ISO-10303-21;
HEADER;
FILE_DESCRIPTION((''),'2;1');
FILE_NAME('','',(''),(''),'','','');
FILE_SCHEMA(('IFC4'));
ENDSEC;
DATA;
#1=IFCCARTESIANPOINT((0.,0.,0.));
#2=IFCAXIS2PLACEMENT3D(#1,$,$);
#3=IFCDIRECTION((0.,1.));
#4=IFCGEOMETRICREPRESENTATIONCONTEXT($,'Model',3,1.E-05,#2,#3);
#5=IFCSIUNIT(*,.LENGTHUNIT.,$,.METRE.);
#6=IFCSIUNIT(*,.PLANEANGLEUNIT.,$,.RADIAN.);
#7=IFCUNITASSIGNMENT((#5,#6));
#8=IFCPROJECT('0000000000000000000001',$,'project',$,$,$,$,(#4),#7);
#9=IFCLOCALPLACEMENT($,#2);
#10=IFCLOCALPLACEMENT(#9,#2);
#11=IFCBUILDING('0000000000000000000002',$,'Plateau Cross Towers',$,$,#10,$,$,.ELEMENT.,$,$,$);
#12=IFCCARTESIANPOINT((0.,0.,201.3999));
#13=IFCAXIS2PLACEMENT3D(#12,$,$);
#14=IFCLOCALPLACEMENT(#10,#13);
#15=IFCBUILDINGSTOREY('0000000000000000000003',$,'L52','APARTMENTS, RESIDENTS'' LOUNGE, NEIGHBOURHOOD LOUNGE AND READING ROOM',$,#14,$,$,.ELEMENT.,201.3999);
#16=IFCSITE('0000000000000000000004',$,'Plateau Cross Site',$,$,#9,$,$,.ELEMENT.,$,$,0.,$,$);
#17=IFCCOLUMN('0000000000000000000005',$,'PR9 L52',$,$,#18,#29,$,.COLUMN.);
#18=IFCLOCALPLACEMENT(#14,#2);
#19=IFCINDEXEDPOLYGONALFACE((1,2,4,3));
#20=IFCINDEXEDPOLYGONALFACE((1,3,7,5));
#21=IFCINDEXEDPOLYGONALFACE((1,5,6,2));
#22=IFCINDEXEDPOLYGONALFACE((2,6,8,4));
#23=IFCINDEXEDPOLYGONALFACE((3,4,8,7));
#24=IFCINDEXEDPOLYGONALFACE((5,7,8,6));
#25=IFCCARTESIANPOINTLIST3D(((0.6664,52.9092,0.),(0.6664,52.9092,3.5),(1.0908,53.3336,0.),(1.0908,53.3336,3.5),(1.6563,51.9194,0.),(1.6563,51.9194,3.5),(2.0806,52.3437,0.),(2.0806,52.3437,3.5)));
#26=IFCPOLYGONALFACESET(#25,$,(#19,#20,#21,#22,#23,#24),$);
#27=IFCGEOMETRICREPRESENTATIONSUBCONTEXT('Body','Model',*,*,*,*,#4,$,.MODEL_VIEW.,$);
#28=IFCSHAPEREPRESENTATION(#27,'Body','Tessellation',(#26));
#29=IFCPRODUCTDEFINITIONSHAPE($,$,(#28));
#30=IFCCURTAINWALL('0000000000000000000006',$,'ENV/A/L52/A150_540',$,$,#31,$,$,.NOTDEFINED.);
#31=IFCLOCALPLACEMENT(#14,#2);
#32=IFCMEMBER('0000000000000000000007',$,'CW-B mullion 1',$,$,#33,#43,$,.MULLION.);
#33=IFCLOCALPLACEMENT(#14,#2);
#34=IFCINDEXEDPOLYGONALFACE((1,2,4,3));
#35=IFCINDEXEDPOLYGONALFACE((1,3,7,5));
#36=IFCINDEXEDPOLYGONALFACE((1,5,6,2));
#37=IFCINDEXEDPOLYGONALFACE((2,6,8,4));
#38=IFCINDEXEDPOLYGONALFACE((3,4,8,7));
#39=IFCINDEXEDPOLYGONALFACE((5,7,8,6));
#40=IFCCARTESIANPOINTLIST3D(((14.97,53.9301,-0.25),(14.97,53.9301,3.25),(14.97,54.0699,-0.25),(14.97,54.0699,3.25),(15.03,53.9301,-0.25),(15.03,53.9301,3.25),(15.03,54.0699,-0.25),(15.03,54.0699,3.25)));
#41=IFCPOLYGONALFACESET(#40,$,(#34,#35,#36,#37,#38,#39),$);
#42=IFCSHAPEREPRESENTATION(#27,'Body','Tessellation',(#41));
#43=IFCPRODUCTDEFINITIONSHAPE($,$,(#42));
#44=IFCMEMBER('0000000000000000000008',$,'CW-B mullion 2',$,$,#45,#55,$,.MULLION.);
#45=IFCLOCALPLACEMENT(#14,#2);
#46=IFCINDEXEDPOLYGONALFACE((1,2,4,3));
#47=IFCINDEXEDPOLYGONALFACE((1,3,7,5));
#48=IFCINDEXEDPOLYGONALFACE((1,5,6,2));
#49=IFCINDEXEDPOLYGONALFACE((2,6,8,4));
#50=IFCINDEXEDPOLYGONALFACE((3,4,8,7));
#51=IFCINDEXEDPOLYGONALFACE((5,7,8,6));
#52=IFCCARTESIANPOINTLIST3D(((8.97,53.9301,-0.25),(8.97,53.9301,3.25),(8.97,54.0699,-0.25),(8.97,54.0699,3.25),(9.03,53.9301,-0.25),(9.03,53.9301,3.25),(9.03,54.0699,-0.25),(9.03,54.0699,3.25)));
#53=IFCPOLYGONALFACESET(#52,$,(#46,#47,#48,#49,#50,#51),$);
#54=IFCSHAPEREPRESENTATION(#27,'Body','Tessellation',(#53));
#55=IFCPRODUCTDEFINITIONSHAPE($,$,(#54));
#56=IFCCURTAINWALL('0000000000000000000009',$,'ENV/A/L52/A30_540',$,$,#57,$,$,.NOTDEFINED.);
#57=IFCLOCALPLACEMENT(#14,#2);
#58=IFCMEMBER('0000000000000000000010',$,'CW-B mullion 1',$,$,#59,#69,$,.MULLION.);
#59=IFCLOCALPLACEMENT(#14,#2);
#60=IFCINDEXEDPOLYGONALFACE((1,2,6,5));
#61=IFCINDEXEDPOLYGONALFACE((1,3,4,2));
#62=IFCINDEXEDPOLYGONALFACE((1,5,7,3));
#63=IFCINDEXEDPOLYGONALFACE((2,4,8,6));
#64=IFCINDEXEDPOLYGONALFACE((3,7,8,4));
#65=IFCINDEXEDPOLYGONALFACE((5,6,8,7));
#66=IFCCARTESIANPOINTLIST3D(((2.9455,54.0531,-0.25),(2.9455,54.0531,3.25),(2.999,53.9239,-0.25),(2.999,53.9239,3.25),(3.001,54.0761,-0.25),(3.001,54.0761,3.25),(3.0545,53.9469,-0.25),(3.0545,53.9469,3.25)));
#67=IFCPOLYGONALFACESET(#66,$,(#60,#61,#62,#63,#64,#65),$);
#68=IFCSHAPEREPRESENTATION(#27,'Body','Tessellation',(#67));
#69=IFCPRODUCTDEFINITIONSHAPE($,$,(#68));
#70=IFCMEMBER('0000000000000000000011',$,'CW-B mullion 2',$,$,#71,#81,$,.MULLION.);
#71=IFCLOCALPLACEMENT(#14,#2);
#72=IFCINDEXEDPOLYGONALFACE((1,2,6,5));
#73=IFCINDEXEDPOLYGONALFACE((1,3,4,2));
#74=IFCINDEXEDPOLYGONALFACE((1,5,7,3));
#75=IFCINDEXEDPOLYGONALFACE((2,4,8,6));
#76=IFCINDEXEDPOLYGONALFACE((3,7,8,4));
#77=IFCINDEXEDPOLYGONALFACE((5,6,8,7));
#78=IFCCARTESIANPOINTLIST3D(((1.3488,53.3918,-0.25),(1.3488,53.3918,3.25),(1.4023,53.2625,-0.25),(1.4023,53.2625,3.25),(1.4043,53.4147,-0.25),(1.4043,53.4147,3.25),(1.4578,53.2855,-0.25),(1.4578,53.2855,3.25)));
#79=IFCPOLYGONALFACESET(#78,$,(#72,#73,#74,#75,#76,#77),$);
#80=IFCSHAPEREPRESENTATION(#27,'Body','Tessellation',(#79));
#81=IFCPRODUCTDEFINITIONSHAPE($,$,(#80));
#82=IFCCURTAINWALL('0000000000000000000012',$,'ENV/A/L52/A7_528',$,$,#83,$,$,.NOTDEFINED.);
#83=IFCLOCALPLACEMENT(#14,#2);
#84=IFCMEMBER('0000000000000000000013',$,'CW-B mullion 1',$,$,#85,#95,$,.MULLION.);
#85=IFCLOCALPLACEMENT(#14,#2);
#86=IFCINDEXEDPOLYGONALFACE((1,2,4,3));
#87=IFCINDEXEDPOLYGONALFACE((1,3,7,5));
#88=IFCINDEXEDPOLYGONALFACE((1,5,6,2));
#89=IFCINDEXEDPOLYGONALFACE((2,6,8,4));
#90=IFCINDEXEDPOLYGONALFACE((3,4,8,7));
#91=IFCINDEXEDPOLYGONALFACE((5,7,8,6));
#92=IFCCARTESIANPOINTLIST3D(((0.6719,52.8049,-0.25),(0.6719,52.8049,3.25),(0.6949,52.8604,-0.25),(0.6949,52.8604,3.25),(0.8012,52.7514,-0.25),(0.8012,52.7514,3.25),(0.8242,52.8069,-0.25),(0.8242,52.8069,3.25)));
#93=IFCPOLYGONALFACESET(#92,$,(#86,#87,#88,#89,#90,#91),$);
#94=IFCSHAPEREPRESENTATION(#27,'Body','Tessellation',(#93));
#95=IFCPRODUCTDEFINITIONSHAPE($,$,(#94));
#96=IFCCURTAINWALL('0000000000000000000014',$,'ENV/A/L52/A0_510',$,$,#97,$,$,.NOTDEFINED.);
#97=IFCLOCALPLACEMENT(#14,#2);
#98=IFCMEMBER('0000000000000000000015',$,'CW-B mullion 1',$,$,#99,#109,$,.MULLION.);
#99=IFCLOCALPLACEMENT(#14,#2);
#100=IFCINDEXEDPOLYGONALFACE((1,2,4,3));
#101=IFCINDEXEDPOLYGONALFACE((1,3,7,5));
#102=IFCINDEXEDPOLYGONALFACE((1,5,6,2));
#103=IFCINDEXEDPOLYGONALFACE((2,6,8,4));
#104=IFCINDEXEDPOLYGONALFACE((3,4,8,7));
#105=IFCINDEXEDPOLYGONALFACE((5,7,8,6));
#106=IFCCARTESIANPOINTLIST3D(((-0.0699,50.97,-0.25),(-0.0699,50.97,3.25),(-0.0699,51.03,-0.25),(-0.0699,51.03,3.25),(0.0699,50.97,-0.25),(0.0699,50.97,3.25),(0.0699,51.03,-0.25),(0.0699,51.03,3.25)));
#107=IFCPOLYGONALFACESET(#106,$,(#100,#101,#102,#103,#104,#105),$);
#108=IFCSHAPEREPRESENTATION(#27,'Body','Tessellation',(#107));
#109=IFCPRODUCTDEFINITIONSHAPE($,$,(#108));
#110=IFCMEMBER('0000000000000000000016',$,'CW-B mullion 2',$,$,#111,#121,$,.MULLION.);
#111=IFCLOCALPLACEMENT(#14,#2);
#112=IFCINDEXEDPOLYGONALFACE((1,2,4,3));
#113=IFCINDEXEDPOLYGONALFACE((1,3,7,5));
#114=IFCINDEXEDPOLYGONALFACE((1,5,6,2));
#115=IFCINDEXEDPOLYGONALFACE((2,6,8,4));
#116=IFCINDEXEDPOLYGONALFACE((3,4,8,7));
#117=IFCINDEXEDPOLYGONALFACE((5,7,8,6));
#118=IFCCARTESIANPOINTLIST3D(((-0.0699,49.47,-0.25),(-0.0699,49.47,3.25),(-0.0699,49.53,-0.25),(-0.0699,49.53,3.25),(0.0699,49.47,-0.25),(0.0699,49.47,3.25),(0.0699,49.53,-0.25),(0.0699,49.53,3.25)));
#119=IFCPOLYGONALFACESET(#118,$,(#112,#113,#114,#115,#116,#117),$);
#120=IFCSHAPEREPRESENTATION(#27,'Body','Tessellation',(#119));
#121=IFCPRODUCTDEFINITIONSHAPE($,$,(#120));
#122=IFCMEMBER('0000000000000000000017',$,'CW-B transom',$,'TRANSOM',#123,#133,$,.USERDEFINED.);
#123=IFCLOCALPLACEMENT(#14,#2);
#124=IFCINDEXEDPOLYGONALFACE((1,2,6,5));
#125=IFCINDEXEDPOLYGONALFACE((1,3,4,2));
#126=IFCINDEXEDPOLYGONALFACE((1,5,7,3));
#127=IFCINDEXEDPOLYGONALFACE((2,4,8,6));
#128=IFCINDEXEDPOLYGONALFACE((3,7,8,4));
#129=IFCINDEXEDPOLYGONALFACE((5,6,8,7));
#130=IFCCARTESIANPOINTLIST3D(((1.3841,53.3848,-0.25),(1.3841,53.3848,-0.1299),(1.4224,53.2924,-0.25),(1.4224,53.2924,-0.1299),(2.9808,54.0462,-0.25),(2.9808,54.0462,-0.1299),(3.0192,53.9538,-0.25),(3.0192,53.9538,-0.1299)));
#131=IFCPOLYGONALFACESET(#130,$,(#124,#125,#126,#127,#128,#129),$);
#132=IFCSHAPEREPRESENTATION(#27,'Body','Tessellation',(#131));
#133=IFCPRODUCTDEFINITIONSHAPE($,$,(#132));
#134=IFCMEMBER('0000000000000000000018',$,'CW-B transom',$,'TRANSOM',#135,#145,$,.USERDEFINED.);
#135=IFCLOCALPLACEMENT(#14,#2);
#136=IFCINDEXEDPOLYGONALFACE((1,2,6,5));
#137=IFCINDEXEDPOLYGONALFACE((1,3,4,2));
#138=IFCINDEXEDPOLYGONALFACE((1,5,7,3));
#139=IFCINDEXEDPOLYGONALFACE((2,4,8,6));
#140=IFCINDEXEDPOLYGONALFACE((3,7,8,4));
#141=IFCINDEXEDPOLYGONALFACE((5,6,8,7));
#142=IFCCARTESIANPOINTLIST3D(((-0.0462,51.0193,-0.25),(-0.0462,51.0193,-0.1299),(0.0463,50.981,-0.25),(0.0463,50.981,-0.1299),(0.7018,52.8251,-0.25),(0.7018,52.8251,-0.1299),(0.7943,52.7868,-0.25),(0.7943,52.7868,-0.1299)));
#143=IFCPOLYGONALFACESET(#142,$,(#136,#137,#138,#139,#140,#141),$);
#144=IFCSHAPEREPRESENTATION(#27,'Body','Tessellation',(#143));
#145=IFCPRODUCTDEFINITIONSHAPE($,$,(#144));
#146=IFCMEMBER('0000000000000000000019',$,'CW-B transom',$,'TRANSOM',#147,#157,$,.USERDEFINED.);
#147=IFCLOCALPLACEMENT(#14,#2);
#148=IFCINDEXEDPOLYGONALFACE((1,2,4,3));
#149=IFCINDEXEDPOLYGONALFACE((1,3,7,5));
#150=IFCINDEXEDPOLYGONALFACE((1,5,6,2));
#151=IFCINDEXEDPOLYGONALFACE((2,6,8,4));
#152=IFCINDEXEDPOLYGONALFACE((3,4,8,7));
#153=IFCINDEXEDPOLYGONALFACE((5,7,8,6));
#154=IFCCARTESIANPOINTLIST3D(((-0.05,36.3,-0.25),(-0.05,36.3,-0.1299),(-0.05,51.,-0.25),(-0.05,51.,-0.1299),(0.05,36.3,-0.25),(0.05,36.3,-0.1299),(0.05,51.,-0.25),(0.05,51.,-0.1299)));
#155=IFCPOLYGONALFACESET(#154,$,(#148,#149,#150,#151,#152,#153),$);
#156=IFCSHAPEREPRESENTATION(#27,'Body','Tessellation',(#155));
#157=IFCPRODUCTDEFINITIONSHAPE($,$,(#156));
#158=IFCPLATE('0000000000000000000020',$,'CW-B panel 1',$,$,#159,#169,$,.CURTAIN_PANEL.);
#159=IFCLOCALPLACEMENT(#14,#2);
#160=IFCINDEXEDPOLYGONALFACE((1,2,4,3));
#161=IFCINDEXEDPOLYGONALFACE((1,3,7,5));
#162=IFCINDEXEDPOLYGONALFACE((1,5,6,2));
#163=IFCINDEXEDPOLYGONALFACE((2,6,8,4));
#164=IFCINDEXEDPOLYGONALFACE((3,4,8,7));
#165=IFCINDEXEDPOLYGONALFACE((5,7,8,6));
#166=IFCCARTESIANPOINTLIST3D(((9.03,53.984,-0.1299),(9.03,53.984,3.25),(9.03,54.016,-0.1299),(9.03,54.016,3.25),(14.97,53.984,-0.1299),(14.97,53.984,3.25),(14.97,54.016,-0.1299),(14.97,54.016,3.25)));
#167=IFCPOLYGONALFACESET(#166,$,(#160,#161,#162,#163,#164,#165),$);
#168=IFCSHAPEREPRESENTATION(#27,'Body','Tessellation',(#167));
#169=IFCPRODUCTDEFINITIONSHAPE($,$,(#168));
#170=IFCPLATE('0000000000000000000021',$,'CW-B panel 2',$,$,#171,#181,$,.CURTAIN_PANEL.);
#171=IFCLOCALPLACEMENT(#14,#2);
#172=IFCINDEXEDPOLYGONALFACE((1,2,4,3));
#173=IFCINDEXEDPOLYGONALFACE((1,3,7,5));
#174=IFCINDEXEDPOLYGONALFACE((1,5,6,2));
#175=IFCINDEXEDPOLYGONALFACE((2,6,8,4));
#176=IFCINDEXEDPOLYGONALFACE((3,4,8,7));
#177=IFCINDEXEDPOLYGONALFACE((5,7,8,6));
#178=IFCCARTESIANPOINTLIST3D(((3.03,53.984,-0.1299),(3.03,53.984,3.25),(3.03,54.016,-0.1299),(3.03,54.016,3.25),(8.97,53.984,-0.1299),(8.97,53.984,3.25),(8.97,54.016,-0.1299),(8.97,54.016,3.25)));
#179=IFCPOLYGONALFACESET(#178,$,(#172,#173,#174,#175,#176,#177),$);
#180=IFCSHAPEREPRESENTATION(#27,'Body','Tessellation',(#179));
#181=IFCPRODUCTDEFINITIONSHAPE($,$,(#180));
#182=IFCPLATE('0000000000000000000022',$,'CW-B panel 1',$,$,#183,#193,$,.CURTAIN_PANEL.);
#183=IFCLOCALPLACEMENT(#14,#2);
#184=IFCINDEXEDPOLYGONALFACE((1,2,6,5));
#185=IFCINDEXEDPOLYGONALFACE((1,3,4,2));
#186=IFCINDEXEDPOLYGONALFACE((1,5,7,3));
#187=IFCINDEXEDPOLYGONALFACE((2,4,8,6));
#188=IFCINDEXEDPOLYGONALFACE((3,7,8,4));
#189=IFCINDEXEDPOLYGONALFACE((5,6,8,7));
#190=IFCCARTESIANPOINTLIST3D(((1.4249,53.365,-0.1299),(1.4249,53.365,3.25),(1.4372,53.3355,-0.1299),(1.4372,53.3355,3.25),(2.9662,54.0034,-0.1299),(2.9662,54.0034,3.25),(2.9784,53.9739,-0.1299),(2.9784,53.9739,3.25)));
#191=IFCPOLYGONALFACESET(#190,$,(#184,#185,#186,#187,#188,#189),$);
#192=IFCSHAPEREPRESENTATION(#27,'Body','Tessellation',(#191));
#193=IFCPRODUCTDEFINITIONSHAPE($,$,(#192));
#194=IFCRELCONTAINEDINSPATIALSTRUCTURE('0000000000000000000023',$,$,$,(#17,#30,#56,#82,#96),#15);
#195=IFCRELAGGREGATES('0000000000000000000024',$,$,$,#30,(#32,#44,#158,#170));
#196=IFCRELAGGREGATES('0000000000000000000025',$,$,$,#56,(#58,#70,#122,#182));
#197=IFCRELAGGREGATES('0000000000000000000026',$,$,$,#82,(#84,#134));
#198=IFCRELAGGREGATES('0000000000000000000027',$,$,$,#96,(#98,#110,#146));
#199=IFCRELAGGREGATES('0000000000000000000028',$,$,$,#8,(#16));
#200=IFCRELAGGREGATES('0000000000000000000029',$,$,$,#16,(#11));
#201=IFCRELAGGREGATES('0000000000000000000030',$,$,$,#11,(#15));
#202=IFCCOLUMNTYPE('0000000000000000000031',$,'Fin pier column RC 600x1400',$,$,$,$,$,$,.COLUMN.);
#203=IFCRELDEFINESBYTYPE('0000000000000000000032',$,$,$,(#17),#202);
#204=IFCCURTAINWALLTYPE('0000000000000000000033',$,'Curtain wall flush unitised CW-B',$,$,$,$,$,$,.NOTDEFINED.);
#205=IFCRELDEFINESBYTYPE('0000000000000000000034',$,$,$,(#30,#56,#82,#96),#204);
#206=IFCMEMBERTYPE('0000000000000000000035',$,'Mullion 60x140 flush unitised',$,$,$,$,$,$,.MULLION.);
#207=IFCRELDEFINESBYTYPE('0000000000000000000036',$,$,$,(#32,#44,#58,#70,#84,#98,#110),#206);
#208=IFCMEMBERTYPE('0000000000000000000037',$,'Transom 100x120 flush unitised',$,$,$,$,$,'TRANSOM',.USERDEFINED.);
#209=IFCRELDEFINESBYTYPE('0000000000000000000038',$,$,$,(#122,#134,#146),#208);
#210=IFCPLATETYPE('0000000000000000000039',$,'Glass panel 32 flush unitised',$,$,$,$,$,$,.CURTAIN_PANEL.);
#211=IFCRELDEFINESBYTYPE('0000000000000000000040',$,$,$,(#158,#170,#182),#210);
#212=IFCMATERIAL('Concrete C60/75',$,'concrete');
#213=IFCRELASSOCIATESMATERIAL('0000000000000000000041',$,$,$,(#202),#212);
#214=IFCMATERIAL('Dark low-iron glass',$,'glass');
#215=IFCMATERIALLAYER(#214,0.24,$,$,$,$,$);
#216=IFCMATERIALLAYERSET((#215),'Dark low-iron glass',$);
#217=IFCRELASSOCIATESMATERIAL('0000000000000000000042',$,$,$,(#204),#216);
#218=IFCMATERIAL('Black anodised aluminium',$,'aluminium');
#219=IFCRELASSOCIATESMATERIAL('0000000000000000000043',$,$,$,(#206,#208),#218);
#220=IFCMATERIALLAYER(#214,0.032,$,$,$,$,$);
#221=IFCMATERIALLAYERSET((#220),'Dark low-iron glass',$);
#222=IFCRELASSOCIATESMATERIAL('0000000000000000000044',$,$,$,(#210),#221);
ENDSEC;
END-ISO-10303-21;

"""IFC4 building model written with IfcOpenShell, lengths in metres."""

from ifc_helpers import new_model, si_unit, direction, frame, origin, origin_2d, place, context, subcontext, project, spatial, rectangle, extrude, material, layer, layer_set, material_profile, profile_set, type_object, element, aggregate, save


model = new_model("IFC4")

# Units and contexts
model_context = context("Model", 3, precision=1e-05, world=origin(), true_north=direction((0.0, 1.0)))
body_context = subcontext(model_context, "Body", "Model", "MODEL_VIEW")
ifc_project = project(units=[si_unit("LENGTHUNIT", "METRE"), si_unit("PLANEANGLEUNIT", "RADIAN")], contexts=[model_context])

# Site, building, storey
site_placement = place(None, origin())
site = spatial("IfcSite", under=ifc_project, at=site_placement, Name="Plateau Cross Site", CompositionType="ELEMENT", RefElevation=0.0)
building_placement = place(site_placement, origin())
building = spatial("IfcBuilding", under=site, at=building_placement, Name="Plateau Cross Towers", CompositionType="ELEMENT")
storey_placement = place(building_placement, frame((0.0, 0.0, 201.3999)))
storey = spatial("IfcBuildingStorey", under=building, at=storey_placement, Name="L52", Description="APARTMENTS, RESIDENTS' LOUNGE, NEIGHBOURHOOD LOUNGE AND READING ROOM", CompositionType="ELEMENT", Elevation=201.3999)

# Column
ifc_material_1 = material(Name="Concrete C60/75", Category="concrete")
ifc_material_profile_1 = material_profile(ifc_material_1, rectangle(XDim=0.6001, YDim=1.3999, at=origin_2d()), Name="RC 600x1400")
ifc_profile_set_1 = profile_set([ifc_material_profile_1], Name="Concrete C60/75")
column_type = type_object("IfcColumnType", Name="Fin pier column RC 600x1400", PredefinedType="COLUMN", material=ifc_profile_set_1)
column_placement = place(storey_placement, frame((1.3735, 52.6265, 0.0), z_axis=(0.0, 0.0, 1.0), x_axis=(0.707107, 0.707107, 0.0)))
element("IfcColumn", 1, at=column_placement, inside=storey, type_object=column_type, Name="PR9 L52", PredefinedType="COLUMN", context=body_context, shape_type="SweptSolid", body=[
    extrude(rectangle(XDim=0.6001, YDim=1.3999, at=origin_2d()), origin(), (0.0, 0.0, 1.0), 3.5),
])

# Curtain walls, members
ifc_material_2 = material(Name="Dark low-iron glass", Category="glass")
ifc_layer_1 = layer(ifc_material_2, 0.24)
ifc_layer_set_1 = layer_set([ifc_layer_1], Name="Dark low-iron glass")
curtain_wall_type = type_object("IfcCurtainWallType", Name="Curtain wall flush unitised CW-B", PredefinedType="NOTDEFINED", material=ifc_layer_set_1)
curtain_wall_1_placement = place(storey_placement, origin())
curtain_wall_1 = element("IfcCurtainWall", 2, at=curtain_wall_1_placement, inside=storey, type_object=curtain_wall_type, Name="ENV/A/L52/A150_540", PredefinedType="NOTDEFINED")
ifc_material_3 = material(Name="Black anodised aluminium", Category="aluminium")
ifc_material_profile_2 = material_profile(ifc_material_3, rectangle(XDim=0.0601, YDim=0.1399, at=origin_2d()), Name="MULLION 60x140")
ifc_profile_set_2 = profile_set([ifc_material_profile_2], Name="Black anodised aluminium")
member_type_1 = type_object("IfcMemberType", Name="Mullion 60x140 flush unitised", PredefinedType="MULLION", material=ifc_profile_set_2)
member_1_placement = place(storey_placement, frame((15.0, 54.0, -0.25), z_axis=(0.0, 0.0, 1.0), x_axis=(-1.0, 0.0, 0.0)))
member_1 = element("IfcMember", 3, at=member_1_placement, type_object=member_type_1, Name="CW-B mullion 1", PredefinedType="MULLION", context=body_context, shape_type="SweptSolid", body=[
    extrude(rectangle(XDim=0.0601, YDim=0.1399, at=origin_2d()), origin(), (0.0, 0.0, 1.0), 3.5),
])
member_2_placement = place(storey_placement, frame((9.0, 54.0, -0.25), z_axis=(0.0, 0.0, 1.0), x_axis=(-1.0, 0.0, 0.0)))
member_2 = element("IfcMember", 4, at=member_2_placement, type_object=member_type_1, Name="CW-B mullion 2", PredefinedType="MULLION", context=body_context, shape_type="SweptSolid", body=[
    extrude(rectangle(XDim=0.0601, YDim=0.1399, at=origin_2d()), origin(), (0.0, 0.0, 1.0), 3.5),
])
curtain_wall_2_placement = place(storey_placement, origin())
curtain_wall_2 = element("IfcCurtainWall", 5, at=curtain_wall_2_placement, inside=storey, type_object=curtain_wall_type, Name="ENV/A/L52/A30_540", PredefinedType="NOTDEFINED")
member_3_placement = place(storey_placement, frame((3.0, 54.0, -0.25), z_axis=(0.0, 0.0, 1.0), x_axis=(-0.923879, -0.382684, 0.0)))
member_3 = element("IfcMember", 6, at=member_3_placement, type_object=member_type_1, Name="CW-B mullion 1", PredefinedType="MULLION", context=body_context, shape_type="SweptSolid", body=[
    extrude(rectangle(XDim=0.0601, YDim=0.1399, at=origin_2d()), origin(), (0.0, 0.0, 1.0), 3.5),
])
member_4_placement = place(storey_placement, frame((1.4033, 53.3386, -0.25), z_axis=(0.0, 0.0, 1.0), x_axis=(-0.923879, -0.382684, 0.0)))
member_4 = element("IfcMember", 7, at=member_4_placement, type_object=member_type_1, Name="CW-B mullion 2", PredefinedType="MULLION", context=body_context, shape_type="SweptSolid", body=[
    extrude(rectangle(XDim=0.0601, YDim=0.1399, at=origin_2d()), origin(), (0.0, 0.0, 1.0), 3.5),
])

# Curtain wall, member
curtain_wall_3_placement = place(storey_placement, origin())
curtain_wall_3 = element("IfcCurtainWall", 8, at=curtain_wall_3_placement, inside=storey, type_object=curtain_wall_type, Name="ENV/A/L52/A7_528", PredefinedType="NOTDEFINED")
member_5_placement = place(storey_placement, frame((0.748, 52.8059, -0.25), z_axis=(0.0, 0.0, 1.0), x_axis=(-0.382684, -0.923879, 0.0)))
member_5 = element("IfcMember", 9, at=member_5_placement, type_object=member_type_1, Name="CW-B mullion 1", PredefinedType="MULLION", context=body_context, shape_type="SweptSolid", body=[
    extrude(rectangle(XDim=0.0601, YDim=0.1399, at=origin_2d()), origin(), (0.0, 0.0, 1.0), 3.5),
])

# Curtain wall, members
curtain_wall_4_placement = place(storey_placement, origin())
curtain_wall_4 = element("IfcCurtainWall", 10, at=curtain_wall_4_placement, inside=storey, type_object=curtain_wall_type, Name="ENV/A/L52/A0_510", PredefinedType="NOTDEFINED")
member_6_placement = place(storey_placement, frame((0.0, 51.0, -0.25), z_axis=(0.0, 0.0, 1.0), x_axis=(0.0, -1.0, 0.0)))
member_6 = element("IfcMember", 11, at=member_6_placement, type_object=member_type_1, Name="CW-B mullion 1", PredefinedType="MULLION", context=body_context, shape_type="SweptSolid", body=[
    extrude(rectangle(XDim=0.0601, YDim=0.1399, at=origin_2d()), origin(), (0.0, 0.0, 1.0), 3.5),
])
member_7_placement = place(storey_placement, frame((0.0, 49.5, -0.25), z_axis=(0.0, 0.0, 1.0), x_axis=(0.0, -1.0, 0.0)))
member_7 = element("IfcMember", 12, at=member_7_placement, type_object=member_type_1, Name="CW-B mullion 2", PredefinedType="MULLION", context=body_context, shape_type="SweptSolid", body=[
    extrude(rectangle(XDim=0.0601, YDim=0.1399, at=origin_2d()), origin(), (0.0, 0.0, 1.0), 3.5),
])

# Members
ifc_material_profile_3 = material_profile(ifc_material_3, rectangle(XDim=0.1001, YDim=0.1201, at=origin_2d()), Name="TRANSOM 100x120")
ifc_profile_set_3 = profile_set([ifc_material_profile_3], Name="Black anodised aluminium")
member_type_2 = type_object("IfcMemberType", Name="Transom 100x120 flush unitised", ElementType="TRANSOM", PredefinedType="USERDEFINED", material=ifc_profile_set_3)
member_8_placement = place(storey_placement, frame((3.0, 54.0, -0.1899), z_axis=(-0.923877, -0.382689, 0.0), x_axis=(0.382689, -0.923877, 0.0)))
member_8 = element("IfcMember", 13, at=member_8_placement, type_object=member_type_2, Name="CW-B transom", ObjectType="TRANSOM", PredefinedType="USERDEFINED", context=body_context, shape_type="SweptSolid", body=[
    extrude(rectangle(XDim=0.1001, YDim=0.1201, at=origin_2d()), origin(), (0.0, 0.0, 1.0), 1.7283),
])
member_9_placement = place(storey_placement, frame((0.748, 52.8059, -0.1899), z_axis=(-0.38269, -0.923877, 0.0), x_axis=(0.923877, -0.38269, 0.0)))
member_9 = element("IfcMember", 14, at=member_9_placement, type_object=member_type_2, Name="CW-B transom", ObjectType="TRANSOM", PredefinedType="USERDEFINED", context=body_context, shape_type="SweptSolid", body=[
    extrude(rectangle(XDim=0.1001, YDim=0.1201, at=origin_2d()), origin(), (0.0, 0.0, 1.0), 1.9546),
])
member_10_placement = place(storey_placement, frame((0.0, 51.0, -0.1899), z_axis=(0.0, -1.0, 0.0), x_axis=(1.0, 0.0, 0.0)))
member_10 = element("IfcMember", 15, at=member_10_placement, type_object=member_type_2, Name="CW-B transom", ObjectType="TRANSOM", PredefinedType="USERDEFINED", context=body_context, shape_type="SweptSolid", body=[
    extrude(rectangle(XDim=0.1001, YDim=0.1201, at=origin_2d()), origin(), (0.0, 0.0, 1.0), 14.7),
])

# Plates
ifc_layer_2 = layer(ifc_material_2, 0.032)
ifc_layer_set_2 = layer_set([ifc_layer_2], Name="Dark low-iron glass")
plate_type = type_object("IfcPlateType", Name="Glass panel 32 flush unitised", PredefinedType="CURTAIN_PANEL", material=ifc_layer_set_2)
plate_1_placement = place(storey_placement, frame((12.0, 54.0, -0.1299), z_axis=(0.0, 0.0, 1.0), x_axis=(-1.0, 0.0, 0.0)))
plate_1 = element("IfcPlate", 16, at=plate_1_placement, type_object=plate_type, Name="CW-B panel 1", PredefinedType="CURTAIN_PANEL", context=body_context, shape_type="SweptSolid", body=[
    extrude(rectangle(XDim=5.9399, YDim=0.032, at=origin_2d()), origin(), (0.0, 0.0, 1.0), 3.3799),
])
plate_2_placement = place(storey_placement, frame((6.0, 54.0, -0.1299), z_axis=(0.0, 0.0, 1.0), x_axis=(-1.0, 0.0, 0.0)))
plate_2 = element("IfcPlate", 17, at=plate_2_placement, type_object=plate_type, Name="CW-B panel 2", PredefinedType="CURTAIN_PANEL", context=body_context, shape_type="SweptSolid", body=[
    extrude(rectangle(XDim=5.9399, YDim=0.032, at=origin_2d()), origin(), (0.0, 0.0, 1.0), 3.3799),
])
aggregate(curtain_wall_1, [member_1, member_2, plate_1, plate_2])
plate_3_placement = place(storey_placement, frame((2.2017, 53.6694, -0.1299), z_axis=(0.0, 0.0, 1.0), x_axis=(-0.923879, -0.382684, 0.0)))
plate_3 = element("IfcPlate", 18, at=plate_3_placement, type_object=plate_type, Name="CW-B panel 1", PredefinedType="CURTAIN_PANEL", context=body_context, shape_type="SweptSolid", body=[
    extrude(rectangle(XDim=1.6682, YDim=0.032, at=origin_2d()), origin(), (0.0, 0.0, 1.0), 3.3799),
])
aggregate(curtain_wall_2, [member_3, member_4, member_8, plate_3])
aggregate(curtain_wall_3, [member_5, member_9])
aggregate(curtain_wall_4, [member_6, member_7, member_10])

save(model, "model.ifc")
